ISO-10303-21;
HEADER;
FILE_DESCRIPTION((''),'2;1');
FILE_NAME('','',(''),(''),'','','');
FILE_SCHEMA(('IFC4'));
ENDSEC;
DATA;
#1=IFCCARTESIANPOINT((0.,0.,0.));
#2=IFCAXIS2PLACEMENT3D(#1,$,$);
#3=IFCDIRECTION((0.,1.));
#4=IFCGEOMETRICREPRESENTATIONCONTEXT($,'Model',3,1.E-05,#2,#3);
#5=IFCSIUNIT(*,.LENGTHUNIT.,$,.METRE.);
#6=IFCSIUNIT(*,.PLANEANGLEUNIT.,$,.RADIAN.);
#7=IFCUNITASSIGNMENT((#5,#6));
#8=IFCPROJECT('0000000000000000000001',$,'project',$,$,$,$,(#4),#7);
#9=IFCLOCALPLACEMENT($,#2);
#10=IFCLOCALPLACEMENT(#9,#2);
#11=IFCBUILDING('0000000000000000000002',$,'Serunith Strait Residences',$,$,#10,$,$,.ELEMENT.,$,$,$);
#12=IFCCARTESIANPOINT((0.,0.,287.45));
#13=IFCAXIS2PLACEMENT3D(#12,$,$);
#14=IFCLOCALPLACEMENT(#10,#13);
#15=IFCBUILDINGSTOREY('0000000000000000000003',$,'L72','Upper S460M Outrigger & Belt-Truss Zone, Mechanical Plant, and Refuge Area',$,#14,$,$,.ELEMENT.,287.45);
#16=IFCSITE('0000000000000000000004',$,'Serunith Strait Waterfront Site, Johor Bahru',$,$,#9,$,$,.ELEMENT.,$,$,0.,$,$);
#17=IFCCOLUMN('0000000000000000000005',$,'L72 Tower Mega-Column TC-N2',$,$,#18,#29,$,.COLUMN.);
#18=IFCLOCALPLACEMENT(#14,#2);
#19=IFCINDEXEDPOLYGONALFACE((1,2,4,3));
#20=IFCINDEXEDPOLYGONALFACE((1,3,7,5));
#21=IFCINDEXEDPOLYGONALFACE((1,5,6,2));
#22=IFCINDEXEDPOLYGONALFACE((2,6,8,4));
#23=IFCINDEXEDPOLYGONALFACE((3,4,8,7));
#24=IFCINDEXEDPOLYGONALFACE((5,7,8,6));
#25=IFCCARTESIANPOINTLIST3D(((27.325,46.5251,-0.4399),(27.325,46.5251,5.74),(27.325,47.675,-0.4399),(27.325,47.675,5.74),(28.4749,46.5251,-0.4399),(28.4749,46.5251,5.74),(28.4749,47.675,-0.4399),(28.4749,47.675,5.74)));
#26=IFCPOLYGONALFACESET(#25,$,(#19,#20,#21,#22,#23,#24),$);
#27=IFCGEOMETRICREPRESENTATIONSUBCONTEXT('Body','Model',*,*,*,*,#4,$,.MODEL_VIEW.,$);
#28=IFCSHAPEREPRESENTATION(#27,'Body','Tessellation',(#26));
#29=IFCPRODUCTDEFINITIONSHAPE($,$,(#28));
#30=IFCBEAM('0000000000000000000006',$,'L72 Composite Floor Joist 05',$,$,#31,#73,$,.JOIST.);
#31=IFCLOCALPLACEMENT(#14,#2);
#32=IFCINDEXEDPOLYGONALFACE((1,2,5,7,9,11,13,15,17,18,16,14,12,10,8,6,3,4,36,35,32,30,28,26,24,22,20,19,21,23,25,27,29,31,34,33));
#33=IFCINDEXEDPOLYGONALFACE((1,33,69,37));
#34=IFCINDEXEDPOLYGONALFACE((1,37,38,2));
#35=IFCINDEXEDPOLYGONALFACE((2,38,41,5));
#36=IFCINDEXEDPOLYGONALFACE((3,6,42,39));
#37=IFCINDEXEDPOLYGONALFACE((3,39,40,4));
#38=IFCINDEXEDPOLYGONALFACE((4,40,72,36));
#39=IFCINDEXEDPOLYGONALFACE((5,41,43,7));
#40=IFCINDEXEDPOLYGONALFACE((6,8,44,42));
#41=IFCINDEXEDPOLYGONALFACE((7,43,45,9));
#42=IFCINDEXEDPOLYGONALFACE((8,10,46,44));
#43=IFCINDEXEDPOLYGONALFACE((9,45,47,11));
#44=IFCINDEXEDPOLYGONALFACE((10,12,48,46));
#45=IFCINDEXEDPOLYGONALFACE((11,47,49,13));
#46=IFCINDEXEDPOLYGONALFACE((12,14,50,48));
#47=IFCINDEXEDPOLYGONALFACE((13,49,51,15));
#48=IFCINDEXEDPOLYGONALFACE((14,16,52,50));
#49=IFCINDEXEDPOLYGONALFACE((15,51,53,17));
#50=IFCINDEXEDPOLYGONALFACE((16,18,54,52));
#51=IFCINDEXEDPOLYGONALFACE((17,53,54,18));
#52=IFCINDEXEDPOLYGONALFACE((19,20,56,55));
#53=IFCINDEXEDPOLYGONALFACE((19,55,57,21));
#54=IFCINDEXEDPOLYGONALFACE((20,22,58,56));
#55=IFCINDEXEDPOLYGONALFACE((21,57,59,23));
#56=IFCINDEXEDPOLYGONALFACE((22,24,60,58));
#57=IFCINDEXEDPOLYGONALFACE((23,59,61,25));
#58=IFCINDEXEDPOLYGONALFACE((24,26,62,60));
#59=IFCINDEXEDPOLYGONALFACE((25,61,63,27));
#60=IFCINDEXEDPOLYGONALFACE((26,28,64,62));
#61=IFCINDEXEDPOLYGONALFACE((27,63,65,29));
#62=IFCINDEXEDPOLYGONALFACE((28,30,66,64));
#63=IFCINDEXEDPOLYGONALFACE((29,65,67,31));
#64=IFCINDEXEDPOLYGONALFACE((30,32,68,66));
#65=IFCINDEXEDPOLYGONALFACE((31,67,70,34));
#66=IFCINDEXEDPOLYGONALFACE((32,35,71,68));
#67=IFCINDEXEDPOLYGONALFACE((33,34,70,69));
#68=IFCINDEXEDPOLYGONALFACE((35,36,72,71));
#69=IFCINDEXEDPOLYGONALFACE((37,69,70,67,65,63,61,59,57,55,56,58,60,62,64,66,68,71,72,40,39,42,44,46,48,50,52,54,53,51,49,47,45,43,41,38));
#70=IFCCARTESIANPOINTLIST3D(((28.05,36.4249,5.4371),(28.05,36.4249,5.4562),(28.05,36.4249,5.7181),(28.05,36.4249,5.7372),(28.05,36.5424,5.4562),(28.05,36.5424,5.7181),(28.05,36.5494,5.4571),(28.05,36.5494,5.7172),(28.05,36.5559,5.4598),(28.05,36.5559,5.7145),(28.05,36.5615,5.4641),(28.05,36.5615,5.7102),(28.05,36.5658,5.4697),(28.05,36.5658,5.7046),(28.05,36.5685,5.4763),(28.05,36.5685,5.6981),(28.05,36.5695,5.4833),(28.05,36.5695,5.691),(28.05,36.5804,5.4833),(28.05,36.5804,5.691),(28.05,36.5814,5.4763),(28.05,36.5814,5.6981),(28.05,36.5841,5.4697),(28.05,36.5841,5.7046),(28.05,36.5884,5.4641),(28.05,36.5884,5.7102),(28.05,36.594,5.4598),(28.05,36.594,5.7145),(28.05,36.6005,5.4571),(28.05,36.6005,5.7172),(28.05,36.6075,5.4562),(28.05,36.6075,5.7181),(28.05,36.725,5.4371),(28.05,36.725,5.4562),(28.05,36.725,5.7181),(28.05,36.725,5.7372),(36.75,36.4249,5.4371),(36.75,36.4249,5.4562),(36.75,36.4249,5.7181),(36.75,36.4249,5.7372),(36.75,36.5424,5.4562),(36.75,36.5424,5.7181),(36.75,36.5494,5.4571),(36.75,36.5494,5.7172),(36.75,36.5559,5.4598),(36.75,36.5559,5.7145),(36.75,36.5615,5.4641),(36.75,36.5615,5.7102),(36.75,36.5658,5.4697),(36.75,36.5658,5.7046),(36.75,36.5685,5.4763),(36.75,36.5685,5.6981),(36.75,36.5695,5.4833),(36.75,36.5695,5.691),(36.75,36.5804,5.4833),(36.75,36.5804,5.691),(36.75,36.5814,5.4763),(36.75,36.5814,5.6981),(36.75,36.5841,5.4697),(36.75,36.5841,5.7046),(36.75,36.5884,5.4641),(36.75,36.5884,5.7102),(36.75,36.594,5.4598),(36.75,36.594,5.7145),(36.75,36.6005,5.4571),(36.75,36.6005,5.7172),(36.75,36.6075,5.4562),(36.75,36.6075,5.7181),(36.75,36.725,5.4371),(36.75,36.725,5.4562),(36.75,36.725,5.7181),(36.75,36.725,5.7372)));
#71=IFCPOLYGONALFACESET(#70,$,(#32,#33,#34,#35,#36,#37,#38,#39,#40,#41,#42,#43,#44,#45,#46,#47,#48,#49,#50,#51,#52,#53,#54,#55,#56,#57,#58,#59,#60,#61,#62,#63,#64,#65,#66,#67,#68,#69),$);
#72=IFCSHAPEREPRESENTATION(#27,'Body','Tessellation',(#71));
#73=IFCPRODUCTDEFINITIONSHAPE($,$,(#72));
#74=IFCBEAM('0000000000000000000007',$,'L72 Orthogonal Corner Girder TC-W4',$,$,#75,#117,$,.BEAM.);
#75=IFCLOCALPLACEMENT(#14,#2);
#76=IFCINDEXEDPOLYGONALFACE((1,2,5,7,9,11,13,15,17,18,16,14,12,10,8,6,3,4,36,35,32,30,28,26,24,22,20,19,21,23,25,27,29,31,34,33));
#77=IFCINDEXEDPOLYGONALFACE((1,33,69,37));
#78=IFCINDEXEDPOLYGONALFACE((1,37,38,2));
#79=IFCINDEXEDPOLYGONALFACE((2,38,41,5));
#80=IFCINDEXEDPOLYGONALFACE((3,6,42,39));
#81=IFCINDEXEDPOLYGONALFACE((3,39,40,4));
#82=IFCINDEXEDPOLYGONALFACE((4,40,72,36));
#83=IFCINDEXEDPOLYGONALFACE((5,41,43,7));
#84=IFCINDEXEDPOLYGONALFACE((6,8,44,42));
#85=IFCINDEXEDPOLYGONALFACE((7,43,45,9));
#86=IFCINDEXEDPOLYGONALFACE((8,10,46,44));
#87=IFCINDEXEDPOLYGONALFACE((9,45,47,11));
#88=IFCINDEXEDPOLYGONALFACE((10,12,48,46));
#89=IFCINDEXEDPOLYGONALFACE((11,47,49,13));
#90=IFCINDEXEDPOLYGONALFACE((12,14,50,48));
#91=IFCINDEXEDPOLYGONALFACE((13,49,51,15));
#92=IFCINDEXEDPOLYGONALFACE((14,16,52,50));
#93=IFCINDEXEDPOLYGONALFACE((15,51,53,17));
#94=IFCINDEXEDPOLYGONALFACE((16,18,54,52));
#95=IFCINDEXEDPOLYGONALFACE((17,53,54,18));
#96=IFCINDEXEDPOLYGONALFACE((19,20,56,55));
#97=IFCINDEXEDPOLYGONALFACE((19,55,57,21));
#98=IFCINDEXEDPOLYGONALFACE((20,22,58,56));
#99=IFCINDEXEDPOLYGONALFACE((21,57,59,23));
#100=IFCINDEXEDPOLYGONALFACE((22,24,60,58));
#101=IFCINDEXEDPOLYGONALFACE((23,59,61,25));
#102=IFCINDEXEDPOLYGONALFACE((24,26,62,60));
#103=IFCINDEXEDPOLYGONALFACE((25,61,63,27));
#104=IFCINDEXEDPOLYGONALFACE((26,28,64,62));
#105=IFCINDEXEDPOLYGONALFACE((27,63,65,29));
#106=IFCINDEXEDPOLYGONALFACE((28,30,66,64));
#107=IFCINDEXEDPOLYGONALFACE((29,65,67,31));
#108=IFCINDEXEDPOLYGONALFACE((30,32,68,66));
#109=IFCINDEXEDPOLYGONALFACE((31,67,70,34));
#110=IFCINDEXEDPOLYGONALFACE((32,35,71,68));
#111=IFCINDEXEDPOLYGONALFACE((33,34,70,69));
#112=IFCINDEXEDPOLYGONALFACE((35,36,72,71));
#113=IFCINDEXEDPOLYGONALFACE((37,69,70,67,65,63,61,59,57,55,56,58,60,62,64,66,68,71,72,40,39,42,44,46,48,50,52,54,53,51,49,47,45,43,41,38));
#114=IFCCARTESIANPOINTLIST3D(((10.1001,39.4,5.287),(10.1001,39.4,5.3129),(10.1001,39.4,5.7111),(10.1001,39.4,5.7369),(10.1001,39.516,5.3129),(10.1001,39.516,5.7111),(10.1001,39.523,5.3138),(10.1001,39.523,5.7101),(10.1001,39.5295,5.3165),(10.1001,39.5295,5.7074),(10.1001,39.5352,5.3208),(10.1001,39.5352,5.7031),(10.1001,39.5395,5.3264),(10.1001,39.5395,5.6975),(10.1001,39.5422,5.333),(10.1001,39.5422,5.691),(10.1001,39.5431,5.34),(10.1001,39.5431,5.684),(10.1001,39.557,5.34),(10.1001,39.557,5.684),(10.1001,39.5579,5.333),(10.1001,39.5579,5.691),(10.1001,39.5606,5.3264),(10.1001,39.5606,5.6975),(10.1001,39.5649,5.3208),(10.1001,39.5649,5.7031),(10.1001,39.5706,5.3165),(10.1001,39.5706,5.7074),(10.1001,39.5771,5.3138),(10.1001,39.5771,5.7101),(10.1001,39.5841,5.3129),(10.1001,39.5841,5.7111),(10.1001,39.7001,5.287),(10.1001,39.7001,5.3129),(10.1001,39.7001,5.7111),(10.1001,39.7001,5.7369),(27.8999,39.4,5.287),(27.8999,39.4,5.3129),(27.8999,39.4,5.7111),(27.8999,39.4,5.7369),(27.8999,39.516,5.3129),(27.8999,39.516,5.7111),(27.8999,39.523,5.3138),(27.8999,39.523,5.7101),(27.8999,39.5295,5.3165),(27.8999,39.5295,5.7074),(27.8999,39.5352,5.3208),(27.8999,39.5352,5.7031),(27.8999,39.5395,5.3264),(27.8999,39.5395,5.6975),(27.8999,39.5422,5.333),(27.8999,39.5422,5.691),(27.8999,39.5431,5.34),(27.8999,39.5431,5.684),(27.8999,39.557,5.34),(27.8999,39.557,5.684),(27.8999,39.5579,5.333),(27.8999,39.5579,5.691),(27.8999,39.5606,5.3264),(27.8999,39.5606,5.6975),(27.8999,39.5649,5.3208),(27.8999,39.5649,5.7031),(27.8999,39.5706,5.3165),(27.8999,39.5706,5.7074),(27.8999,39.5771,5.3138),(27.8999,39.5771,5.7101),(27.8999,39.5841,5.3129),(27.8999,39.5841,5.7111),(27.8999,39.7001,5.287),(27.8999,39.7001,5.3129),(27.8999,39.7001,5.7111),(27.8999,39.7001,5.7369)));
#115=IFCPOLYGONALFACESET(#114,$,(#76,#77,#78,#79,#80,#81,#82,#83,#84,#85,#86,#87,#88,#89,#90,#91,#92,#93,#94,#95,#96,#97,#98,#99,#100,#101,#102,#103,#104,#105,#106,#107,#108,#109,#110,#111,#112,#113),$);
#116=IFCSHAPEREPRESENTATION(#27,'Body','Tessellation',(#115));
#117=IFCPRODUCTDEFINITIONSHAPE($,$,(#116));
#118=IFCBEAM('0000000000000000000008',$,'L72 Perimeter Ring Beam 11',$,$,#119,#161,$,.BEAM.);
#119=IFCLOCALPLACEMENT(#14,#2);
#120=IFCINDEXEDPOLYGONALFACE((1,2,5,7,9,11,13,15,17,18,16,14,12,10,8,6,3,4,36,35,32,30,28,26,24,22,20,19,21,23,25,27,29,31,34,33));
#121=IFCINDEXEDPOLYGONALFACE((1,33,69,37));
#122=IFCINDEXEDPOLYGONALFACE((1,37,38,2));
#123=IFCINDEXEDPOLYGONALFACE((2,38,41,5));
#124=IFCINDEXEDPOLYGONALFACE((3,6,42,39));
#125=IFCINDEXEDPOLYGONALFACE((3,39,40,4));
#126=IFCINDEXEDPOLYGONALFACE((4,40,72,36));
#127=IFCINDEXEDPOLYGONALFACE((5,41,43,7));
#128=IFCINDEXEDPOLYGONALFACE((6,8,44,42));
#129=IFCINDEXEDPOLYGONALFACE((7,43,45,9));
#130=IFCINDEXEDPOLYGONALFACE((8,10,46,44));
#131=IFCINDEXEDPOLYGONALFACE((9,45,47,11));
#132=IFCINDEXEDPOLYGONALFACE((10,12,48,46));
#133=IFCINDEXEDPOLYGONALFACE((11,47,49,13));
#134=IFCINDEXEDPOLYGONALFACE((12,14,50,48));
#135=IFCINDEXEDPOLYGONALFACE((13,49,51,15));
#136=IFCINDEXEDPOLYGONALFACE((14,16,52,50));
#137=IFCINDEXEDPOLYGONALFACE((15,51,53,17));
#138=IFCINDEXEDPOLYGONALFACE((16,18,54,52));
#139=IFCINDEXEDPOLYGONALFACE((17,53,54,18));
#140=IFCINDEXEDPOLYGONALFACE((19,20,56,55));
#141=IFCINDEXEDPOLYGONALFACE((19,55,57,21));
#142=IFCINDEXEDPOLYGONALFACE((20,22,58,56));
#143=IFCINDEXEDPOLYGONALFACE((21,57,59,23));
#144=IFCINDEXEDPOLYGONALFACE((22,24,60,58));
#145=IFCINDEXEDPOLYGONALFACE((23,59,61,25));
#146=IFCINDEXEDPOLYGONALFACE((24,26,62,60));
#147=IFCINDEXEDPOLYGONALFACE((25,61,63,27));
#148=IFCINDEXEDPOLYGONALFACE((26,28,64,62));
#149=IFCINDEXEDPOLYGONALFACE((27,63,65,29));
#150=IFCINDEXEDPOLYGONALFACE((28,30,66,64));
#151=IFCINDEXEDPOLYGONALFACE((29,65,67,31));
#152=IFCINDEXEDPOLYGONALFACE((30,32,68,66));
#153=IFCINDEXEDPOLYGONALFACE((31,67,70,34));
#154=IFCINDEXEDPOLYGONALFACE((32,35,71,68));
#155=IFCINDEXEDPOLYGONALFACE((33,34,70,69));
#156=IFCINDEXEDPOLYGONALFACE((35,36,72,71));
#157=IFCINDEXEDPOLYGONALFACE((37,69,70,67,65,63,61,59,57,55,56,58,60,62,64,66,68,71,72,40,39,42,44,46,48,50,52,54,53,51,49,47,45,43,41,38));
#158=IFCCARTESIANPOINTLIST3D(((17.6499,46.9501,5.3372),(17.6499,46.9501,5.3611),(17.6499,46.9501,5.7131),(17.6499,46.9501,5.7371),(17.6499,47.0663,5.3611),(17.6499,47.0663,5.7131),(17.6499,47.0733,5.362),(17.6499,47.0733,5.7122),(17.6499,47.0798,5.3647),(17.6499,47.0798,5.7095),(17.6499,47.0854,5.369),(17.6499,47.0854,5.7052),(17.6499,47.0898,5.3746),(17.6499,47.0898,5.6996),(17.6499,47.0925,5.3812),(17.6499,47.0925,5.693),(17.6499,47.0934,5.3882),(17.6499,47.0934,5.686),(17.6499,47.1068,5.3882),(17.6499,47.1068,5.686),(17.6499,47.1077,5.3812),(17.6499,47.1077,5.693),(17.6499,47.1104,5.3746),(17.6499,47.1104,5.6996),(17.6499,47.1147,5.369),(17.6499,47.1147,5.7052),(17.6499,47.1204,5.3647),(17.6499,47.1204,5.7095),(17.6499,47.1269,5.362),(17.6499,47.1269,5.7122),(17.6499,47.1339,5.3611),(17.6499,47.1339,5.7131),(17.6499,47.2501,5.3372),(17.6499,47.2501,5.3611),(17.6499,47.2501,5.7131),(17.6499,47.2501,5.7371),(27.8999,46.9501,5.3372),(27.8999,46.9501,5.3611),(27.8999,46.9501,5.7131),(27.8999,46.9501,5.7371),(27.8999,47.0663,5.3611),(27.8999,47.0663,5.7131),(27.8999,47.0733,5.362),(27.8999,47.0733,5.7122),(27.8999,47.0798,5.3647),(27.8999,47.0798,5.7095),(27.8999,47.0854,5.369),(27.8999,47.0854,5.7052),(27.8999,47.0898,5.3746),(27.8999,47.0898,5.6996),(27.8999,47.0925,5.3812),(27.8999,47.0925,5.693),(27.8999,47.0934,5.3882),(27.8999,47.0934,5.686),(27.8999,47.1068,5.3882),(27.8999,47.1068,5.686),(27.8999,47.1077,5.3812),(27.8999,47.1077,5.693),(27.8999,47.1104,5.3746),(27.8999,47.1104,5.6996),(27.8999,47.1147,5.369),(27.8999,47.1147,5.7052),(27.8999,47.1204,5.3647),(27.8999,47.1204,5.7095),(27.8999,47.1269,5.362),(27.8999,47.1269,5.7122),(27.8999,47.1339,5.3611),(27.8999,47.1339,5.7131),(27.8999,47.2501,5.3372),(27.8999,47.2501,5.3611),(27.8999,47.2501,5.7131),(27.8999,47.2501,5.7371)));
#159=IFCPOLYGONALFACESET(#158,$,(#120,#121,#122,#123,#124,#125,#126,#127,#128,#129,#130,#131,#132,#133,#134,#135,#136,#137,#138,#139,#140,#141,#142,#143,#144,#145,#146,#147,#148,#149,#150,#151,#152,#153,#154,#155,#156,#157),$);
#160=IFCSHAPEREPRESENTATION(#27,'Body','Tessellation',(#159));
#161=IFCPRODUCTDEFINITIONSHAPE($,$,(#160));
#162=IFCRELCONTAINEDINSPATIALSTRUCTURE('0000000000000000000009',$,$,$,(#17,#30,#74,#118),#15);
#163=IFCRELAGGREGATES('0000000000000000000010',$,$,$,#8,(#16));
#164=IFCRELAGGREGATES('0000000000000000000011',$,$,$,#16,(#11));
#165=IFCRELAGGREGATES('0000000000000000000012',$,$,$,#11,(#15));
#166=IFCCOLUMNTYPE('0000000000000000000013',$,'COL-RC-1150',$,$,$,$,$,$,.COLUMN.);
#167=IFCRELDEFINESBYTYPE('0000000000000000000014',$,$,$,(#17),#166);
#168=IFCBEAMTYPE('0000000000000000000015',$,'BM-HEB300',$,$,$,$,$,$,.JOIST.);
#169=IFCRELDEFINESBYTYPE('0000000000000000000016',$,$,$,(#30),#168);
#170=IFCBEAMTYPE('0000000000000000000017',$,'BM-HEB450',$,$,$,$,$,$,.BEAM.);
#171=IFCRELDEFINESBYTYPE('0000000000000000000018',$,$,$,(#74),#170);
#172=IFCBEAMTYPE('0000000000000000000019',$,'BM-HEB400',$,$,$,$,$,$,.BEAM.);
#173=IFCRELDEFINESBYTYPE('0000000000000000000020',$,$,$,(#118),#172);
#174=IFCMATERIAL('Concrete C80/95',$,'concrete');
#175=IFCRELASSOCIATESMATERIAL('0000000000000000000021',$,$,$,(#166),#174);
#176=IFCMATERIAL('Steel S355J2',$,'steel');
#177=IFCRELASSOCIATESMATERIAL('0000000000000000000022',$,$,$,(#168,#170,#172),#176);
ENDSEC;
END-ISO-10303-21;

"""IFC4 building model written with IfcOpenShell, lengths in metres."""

from ifc_helpers import new_model, si_unit, direction, frame, origin, origin_2d, place, context, subcontext, project, spatial, rectangle, i_section, extrude, source, transform, mapped, material, material_profile, profile_set, type_object, element, save


model = new_model("IFC4")

# Units and contexts
model_context = context("Model", 3, precision=1e-05, world=origin(), true_north=direction((0.0, 1.0)))
body_context = subcontext(model_context, "Body", "Model", "MODEL_VIEW")
ifc_project = project(units=[si_unit("LENGTHUNIT", "METRE"), si_unit("PLANEANGLEUNIT", "RADIAN")], contexts=[model_context])

# Site, building, storey
site_placement = place(None, origin())
site = spatial("IfcSite", under=ifc_project, at=site_placement, Name="Serunith Strait Waterfront Site, Johor Bahru", CompositionType="ELEMENT", RefElevation=0.0)
building_placement = place(site_placement, origin())
building = spatial("IfcBuilding", under=site, at=building_placement, Name="Serunith Strait Residences", CompositionType="ELEMENT")
storey_placement = place(building_placement, frame((0.0, 0.0, 287.45)))
storey = spatial("IfcBuildingStorey", under=building, at=storey_placement, Name="L72", Description="Upper S460M Outrigger & Belt-Truss Zone, Mechanical Plant, and Refuge Area", CompositionType="ELEMENT", Elevation=287.45)

# Column
ifc_material_1 = material(Name="Concrete C80/95", Category="concrete")
ifc_material_profile_1 = material_profile(ifc_material_1, rectangle(XDim=1.1499, YDim=1.1499, at=origin_2d()), Name="RC 1150x1150")
ifc_profile_set_1 = profile_set([ifc_material_profile_1], Name="Concrete C80/95")
column_type = type_object("IfcColumnType", Name="COL-RC-1150", PredefinedType="COLUMN", material=ifc_profile_set_1)
shared_shape_1 = source(origin(), body_context, "Body", "SweptSolid", [
    extrude(rectangle(XDim=1.1499, YDim=1.1499, at=origin_2d()), origin(), (0.0, 0.0, 1.0), 6.1799),
])
column_placement = place(storey_placement, frame((27.8999, 47.1001, -0.4399), z_axis=(0.0, 0.0, 1.0), x_axis=(1.0, 0.0, 0.0)))
element("IfcColumn", 1, at=column_placement, inside=storey, type_object=column_type, Name="L72 Tower Mega-Column TC-N2", PredefinedType="COLUMN", context=body_context, shape_type="MappedRepresentation", body=[
    mapped(shared_shape_1, transform((0.0, 0.0, 0.0), scale=1.0)),
])

# Beams
ifc_material_2 = material(Name="Steel S355J2", Category="steel")
ifc_material_profile_2 = material_profile(ifc_material_2, i_section(OverallWidth=0.3, OverallDepth=0.3, WebThickness=0.011, FlangeThickness=0.019, FilletRadius=0.0271, at=origin_2d()), Name="HEB 300")
ifc_profile_set_2 = profile_set([ifc_material_profile_2], Name="Steel S355J2")
beam_type_1 = type_object("IfcBeamType", Name="BM-HEB300", PredefinedType="JOIST", material=ifc_profile_set_2)
shared_shape_2 = source(origin(), body_context, "Body", "SweptSolid", [
    extrude(i_section(OverallWidth=0.3, OverallDepth=0.3, WebThickness=0.011, FlangeThickness=0.019, FilletRadius=0.0271, at=origin_2d()), origin(), (0.0, 0.0, 1.0), 8.7),
])
beam_1_placement = place(storey_placement, frame((28.05, 36.575, 5.5872), z_axis=(1.0, 0.0, 0.0), x_axis=(0.0, 1.0, 0.0)))
element("IfcBeam", 2, at=beam_1_placement, inside=storey, type_object=beam_type_1, Name="L72 Composite Floor Joist 05", PredefinedType="JOIST", context=body_context, shape_type="MappedRepresentation", body=[
    mapped(shared_shape_2, transform((0.0, 0.0, 0.0), scale=1.0)),
])
ifc_material_profile_3 = material_profile(ifc_material_2, i_section(OverallWidth=0.3, OverallDepth=0.45, WebThickness=0.0139, FlangeThickness=0.0259, FilletRadius=0.0271, at=origin_2d()), Name="HEB 450")
ifc_profile_set_3 = profile_set([ifc_material_profile_3], Name="Steel S355J2")
beam_type_2 = type_object("IfcBeamType", Name="BM-HEB450", PredefinedType="BEAM", material=ifc_profile_set_3)
shared_shape_3 = source(origin(), body_context, "Body", "SweptSolid", [
    extrude(i_section(OverallWidth=0.3, OverallDepth=0.45, WebThickness=0.0139, FlangeThickness=0.0259, FilletRadius=0.0271, at=origin_2d()), origin(), (0.0, 0.0, 1.0), 17.7998),
])
beam_2_placement = place(storey_placement, frame((27.8999, 39.55, 5.512), z_axis=(-1.0, 0.0, 0.0), x_axis=(0.0, -1.0, 0.0)))
element("IfcBeam", 3, at=beam_2_placement, inside=storey, type_object=beam_type_2, Name="L72 Orthogonal Corner Girder TC-W4", PredefinedType="BEAM", context=body_context, shape_type="MappedRepresentation", body=[
    mapped(shared_shape_3, transform((0.0, 0.0, 0.0), scale=1.0)),
])
ifc_material_profile_4 = material_profile(ifc_material_2, i_section(OverallWidth=0.3, OverallDepth=0.3999, WebThickness=0.0134, FlangeThickness=0.0239, FilletRadius=0.0271, at=origin_2d()), Name="HEB 400")
ifc_profile_set_4 = profile_set([ifc_material_profile_4], Name="Steel S355J2")
beam_type_3 = type_object("IfcBeamType", Name="BM-HEB400", PredefinedType="BEAM", material=ifc_profile_set_4)
shared_shape_4 = source(origin(), body_context, "Body", "SweptSolid", [
    extrude(i_section(OverallWidth=0.3, OverallDepth=0.3999, WebThickness=0.0134, FlangeThickness=0.0239, FilletRadius=0.0271, at=origin_2d()), origin(), (0.0, 0.0, 1.0), 10.25),
])
beam_3_placement = place(storey_placement, frame((27.8999, 47.1001, 5.5371), z_axis=(-1.0, 0.0, 0.0), x_axis=(0.0, -1.0, 0.0)))
element("IfcBeam", 4, at=beam_3_placement, inside=storey, type_object=beam_type_3, Name="L72 Perimeter Ring Beam 11", PredefinedType="BEAM", context=body_context, shape_type="MappedRepresentation", body=[
    mapped(shared_shape_4, transform((0.0, 0.0, 0.0), scale=1.0)),
])

save(model, "model.ifc")
